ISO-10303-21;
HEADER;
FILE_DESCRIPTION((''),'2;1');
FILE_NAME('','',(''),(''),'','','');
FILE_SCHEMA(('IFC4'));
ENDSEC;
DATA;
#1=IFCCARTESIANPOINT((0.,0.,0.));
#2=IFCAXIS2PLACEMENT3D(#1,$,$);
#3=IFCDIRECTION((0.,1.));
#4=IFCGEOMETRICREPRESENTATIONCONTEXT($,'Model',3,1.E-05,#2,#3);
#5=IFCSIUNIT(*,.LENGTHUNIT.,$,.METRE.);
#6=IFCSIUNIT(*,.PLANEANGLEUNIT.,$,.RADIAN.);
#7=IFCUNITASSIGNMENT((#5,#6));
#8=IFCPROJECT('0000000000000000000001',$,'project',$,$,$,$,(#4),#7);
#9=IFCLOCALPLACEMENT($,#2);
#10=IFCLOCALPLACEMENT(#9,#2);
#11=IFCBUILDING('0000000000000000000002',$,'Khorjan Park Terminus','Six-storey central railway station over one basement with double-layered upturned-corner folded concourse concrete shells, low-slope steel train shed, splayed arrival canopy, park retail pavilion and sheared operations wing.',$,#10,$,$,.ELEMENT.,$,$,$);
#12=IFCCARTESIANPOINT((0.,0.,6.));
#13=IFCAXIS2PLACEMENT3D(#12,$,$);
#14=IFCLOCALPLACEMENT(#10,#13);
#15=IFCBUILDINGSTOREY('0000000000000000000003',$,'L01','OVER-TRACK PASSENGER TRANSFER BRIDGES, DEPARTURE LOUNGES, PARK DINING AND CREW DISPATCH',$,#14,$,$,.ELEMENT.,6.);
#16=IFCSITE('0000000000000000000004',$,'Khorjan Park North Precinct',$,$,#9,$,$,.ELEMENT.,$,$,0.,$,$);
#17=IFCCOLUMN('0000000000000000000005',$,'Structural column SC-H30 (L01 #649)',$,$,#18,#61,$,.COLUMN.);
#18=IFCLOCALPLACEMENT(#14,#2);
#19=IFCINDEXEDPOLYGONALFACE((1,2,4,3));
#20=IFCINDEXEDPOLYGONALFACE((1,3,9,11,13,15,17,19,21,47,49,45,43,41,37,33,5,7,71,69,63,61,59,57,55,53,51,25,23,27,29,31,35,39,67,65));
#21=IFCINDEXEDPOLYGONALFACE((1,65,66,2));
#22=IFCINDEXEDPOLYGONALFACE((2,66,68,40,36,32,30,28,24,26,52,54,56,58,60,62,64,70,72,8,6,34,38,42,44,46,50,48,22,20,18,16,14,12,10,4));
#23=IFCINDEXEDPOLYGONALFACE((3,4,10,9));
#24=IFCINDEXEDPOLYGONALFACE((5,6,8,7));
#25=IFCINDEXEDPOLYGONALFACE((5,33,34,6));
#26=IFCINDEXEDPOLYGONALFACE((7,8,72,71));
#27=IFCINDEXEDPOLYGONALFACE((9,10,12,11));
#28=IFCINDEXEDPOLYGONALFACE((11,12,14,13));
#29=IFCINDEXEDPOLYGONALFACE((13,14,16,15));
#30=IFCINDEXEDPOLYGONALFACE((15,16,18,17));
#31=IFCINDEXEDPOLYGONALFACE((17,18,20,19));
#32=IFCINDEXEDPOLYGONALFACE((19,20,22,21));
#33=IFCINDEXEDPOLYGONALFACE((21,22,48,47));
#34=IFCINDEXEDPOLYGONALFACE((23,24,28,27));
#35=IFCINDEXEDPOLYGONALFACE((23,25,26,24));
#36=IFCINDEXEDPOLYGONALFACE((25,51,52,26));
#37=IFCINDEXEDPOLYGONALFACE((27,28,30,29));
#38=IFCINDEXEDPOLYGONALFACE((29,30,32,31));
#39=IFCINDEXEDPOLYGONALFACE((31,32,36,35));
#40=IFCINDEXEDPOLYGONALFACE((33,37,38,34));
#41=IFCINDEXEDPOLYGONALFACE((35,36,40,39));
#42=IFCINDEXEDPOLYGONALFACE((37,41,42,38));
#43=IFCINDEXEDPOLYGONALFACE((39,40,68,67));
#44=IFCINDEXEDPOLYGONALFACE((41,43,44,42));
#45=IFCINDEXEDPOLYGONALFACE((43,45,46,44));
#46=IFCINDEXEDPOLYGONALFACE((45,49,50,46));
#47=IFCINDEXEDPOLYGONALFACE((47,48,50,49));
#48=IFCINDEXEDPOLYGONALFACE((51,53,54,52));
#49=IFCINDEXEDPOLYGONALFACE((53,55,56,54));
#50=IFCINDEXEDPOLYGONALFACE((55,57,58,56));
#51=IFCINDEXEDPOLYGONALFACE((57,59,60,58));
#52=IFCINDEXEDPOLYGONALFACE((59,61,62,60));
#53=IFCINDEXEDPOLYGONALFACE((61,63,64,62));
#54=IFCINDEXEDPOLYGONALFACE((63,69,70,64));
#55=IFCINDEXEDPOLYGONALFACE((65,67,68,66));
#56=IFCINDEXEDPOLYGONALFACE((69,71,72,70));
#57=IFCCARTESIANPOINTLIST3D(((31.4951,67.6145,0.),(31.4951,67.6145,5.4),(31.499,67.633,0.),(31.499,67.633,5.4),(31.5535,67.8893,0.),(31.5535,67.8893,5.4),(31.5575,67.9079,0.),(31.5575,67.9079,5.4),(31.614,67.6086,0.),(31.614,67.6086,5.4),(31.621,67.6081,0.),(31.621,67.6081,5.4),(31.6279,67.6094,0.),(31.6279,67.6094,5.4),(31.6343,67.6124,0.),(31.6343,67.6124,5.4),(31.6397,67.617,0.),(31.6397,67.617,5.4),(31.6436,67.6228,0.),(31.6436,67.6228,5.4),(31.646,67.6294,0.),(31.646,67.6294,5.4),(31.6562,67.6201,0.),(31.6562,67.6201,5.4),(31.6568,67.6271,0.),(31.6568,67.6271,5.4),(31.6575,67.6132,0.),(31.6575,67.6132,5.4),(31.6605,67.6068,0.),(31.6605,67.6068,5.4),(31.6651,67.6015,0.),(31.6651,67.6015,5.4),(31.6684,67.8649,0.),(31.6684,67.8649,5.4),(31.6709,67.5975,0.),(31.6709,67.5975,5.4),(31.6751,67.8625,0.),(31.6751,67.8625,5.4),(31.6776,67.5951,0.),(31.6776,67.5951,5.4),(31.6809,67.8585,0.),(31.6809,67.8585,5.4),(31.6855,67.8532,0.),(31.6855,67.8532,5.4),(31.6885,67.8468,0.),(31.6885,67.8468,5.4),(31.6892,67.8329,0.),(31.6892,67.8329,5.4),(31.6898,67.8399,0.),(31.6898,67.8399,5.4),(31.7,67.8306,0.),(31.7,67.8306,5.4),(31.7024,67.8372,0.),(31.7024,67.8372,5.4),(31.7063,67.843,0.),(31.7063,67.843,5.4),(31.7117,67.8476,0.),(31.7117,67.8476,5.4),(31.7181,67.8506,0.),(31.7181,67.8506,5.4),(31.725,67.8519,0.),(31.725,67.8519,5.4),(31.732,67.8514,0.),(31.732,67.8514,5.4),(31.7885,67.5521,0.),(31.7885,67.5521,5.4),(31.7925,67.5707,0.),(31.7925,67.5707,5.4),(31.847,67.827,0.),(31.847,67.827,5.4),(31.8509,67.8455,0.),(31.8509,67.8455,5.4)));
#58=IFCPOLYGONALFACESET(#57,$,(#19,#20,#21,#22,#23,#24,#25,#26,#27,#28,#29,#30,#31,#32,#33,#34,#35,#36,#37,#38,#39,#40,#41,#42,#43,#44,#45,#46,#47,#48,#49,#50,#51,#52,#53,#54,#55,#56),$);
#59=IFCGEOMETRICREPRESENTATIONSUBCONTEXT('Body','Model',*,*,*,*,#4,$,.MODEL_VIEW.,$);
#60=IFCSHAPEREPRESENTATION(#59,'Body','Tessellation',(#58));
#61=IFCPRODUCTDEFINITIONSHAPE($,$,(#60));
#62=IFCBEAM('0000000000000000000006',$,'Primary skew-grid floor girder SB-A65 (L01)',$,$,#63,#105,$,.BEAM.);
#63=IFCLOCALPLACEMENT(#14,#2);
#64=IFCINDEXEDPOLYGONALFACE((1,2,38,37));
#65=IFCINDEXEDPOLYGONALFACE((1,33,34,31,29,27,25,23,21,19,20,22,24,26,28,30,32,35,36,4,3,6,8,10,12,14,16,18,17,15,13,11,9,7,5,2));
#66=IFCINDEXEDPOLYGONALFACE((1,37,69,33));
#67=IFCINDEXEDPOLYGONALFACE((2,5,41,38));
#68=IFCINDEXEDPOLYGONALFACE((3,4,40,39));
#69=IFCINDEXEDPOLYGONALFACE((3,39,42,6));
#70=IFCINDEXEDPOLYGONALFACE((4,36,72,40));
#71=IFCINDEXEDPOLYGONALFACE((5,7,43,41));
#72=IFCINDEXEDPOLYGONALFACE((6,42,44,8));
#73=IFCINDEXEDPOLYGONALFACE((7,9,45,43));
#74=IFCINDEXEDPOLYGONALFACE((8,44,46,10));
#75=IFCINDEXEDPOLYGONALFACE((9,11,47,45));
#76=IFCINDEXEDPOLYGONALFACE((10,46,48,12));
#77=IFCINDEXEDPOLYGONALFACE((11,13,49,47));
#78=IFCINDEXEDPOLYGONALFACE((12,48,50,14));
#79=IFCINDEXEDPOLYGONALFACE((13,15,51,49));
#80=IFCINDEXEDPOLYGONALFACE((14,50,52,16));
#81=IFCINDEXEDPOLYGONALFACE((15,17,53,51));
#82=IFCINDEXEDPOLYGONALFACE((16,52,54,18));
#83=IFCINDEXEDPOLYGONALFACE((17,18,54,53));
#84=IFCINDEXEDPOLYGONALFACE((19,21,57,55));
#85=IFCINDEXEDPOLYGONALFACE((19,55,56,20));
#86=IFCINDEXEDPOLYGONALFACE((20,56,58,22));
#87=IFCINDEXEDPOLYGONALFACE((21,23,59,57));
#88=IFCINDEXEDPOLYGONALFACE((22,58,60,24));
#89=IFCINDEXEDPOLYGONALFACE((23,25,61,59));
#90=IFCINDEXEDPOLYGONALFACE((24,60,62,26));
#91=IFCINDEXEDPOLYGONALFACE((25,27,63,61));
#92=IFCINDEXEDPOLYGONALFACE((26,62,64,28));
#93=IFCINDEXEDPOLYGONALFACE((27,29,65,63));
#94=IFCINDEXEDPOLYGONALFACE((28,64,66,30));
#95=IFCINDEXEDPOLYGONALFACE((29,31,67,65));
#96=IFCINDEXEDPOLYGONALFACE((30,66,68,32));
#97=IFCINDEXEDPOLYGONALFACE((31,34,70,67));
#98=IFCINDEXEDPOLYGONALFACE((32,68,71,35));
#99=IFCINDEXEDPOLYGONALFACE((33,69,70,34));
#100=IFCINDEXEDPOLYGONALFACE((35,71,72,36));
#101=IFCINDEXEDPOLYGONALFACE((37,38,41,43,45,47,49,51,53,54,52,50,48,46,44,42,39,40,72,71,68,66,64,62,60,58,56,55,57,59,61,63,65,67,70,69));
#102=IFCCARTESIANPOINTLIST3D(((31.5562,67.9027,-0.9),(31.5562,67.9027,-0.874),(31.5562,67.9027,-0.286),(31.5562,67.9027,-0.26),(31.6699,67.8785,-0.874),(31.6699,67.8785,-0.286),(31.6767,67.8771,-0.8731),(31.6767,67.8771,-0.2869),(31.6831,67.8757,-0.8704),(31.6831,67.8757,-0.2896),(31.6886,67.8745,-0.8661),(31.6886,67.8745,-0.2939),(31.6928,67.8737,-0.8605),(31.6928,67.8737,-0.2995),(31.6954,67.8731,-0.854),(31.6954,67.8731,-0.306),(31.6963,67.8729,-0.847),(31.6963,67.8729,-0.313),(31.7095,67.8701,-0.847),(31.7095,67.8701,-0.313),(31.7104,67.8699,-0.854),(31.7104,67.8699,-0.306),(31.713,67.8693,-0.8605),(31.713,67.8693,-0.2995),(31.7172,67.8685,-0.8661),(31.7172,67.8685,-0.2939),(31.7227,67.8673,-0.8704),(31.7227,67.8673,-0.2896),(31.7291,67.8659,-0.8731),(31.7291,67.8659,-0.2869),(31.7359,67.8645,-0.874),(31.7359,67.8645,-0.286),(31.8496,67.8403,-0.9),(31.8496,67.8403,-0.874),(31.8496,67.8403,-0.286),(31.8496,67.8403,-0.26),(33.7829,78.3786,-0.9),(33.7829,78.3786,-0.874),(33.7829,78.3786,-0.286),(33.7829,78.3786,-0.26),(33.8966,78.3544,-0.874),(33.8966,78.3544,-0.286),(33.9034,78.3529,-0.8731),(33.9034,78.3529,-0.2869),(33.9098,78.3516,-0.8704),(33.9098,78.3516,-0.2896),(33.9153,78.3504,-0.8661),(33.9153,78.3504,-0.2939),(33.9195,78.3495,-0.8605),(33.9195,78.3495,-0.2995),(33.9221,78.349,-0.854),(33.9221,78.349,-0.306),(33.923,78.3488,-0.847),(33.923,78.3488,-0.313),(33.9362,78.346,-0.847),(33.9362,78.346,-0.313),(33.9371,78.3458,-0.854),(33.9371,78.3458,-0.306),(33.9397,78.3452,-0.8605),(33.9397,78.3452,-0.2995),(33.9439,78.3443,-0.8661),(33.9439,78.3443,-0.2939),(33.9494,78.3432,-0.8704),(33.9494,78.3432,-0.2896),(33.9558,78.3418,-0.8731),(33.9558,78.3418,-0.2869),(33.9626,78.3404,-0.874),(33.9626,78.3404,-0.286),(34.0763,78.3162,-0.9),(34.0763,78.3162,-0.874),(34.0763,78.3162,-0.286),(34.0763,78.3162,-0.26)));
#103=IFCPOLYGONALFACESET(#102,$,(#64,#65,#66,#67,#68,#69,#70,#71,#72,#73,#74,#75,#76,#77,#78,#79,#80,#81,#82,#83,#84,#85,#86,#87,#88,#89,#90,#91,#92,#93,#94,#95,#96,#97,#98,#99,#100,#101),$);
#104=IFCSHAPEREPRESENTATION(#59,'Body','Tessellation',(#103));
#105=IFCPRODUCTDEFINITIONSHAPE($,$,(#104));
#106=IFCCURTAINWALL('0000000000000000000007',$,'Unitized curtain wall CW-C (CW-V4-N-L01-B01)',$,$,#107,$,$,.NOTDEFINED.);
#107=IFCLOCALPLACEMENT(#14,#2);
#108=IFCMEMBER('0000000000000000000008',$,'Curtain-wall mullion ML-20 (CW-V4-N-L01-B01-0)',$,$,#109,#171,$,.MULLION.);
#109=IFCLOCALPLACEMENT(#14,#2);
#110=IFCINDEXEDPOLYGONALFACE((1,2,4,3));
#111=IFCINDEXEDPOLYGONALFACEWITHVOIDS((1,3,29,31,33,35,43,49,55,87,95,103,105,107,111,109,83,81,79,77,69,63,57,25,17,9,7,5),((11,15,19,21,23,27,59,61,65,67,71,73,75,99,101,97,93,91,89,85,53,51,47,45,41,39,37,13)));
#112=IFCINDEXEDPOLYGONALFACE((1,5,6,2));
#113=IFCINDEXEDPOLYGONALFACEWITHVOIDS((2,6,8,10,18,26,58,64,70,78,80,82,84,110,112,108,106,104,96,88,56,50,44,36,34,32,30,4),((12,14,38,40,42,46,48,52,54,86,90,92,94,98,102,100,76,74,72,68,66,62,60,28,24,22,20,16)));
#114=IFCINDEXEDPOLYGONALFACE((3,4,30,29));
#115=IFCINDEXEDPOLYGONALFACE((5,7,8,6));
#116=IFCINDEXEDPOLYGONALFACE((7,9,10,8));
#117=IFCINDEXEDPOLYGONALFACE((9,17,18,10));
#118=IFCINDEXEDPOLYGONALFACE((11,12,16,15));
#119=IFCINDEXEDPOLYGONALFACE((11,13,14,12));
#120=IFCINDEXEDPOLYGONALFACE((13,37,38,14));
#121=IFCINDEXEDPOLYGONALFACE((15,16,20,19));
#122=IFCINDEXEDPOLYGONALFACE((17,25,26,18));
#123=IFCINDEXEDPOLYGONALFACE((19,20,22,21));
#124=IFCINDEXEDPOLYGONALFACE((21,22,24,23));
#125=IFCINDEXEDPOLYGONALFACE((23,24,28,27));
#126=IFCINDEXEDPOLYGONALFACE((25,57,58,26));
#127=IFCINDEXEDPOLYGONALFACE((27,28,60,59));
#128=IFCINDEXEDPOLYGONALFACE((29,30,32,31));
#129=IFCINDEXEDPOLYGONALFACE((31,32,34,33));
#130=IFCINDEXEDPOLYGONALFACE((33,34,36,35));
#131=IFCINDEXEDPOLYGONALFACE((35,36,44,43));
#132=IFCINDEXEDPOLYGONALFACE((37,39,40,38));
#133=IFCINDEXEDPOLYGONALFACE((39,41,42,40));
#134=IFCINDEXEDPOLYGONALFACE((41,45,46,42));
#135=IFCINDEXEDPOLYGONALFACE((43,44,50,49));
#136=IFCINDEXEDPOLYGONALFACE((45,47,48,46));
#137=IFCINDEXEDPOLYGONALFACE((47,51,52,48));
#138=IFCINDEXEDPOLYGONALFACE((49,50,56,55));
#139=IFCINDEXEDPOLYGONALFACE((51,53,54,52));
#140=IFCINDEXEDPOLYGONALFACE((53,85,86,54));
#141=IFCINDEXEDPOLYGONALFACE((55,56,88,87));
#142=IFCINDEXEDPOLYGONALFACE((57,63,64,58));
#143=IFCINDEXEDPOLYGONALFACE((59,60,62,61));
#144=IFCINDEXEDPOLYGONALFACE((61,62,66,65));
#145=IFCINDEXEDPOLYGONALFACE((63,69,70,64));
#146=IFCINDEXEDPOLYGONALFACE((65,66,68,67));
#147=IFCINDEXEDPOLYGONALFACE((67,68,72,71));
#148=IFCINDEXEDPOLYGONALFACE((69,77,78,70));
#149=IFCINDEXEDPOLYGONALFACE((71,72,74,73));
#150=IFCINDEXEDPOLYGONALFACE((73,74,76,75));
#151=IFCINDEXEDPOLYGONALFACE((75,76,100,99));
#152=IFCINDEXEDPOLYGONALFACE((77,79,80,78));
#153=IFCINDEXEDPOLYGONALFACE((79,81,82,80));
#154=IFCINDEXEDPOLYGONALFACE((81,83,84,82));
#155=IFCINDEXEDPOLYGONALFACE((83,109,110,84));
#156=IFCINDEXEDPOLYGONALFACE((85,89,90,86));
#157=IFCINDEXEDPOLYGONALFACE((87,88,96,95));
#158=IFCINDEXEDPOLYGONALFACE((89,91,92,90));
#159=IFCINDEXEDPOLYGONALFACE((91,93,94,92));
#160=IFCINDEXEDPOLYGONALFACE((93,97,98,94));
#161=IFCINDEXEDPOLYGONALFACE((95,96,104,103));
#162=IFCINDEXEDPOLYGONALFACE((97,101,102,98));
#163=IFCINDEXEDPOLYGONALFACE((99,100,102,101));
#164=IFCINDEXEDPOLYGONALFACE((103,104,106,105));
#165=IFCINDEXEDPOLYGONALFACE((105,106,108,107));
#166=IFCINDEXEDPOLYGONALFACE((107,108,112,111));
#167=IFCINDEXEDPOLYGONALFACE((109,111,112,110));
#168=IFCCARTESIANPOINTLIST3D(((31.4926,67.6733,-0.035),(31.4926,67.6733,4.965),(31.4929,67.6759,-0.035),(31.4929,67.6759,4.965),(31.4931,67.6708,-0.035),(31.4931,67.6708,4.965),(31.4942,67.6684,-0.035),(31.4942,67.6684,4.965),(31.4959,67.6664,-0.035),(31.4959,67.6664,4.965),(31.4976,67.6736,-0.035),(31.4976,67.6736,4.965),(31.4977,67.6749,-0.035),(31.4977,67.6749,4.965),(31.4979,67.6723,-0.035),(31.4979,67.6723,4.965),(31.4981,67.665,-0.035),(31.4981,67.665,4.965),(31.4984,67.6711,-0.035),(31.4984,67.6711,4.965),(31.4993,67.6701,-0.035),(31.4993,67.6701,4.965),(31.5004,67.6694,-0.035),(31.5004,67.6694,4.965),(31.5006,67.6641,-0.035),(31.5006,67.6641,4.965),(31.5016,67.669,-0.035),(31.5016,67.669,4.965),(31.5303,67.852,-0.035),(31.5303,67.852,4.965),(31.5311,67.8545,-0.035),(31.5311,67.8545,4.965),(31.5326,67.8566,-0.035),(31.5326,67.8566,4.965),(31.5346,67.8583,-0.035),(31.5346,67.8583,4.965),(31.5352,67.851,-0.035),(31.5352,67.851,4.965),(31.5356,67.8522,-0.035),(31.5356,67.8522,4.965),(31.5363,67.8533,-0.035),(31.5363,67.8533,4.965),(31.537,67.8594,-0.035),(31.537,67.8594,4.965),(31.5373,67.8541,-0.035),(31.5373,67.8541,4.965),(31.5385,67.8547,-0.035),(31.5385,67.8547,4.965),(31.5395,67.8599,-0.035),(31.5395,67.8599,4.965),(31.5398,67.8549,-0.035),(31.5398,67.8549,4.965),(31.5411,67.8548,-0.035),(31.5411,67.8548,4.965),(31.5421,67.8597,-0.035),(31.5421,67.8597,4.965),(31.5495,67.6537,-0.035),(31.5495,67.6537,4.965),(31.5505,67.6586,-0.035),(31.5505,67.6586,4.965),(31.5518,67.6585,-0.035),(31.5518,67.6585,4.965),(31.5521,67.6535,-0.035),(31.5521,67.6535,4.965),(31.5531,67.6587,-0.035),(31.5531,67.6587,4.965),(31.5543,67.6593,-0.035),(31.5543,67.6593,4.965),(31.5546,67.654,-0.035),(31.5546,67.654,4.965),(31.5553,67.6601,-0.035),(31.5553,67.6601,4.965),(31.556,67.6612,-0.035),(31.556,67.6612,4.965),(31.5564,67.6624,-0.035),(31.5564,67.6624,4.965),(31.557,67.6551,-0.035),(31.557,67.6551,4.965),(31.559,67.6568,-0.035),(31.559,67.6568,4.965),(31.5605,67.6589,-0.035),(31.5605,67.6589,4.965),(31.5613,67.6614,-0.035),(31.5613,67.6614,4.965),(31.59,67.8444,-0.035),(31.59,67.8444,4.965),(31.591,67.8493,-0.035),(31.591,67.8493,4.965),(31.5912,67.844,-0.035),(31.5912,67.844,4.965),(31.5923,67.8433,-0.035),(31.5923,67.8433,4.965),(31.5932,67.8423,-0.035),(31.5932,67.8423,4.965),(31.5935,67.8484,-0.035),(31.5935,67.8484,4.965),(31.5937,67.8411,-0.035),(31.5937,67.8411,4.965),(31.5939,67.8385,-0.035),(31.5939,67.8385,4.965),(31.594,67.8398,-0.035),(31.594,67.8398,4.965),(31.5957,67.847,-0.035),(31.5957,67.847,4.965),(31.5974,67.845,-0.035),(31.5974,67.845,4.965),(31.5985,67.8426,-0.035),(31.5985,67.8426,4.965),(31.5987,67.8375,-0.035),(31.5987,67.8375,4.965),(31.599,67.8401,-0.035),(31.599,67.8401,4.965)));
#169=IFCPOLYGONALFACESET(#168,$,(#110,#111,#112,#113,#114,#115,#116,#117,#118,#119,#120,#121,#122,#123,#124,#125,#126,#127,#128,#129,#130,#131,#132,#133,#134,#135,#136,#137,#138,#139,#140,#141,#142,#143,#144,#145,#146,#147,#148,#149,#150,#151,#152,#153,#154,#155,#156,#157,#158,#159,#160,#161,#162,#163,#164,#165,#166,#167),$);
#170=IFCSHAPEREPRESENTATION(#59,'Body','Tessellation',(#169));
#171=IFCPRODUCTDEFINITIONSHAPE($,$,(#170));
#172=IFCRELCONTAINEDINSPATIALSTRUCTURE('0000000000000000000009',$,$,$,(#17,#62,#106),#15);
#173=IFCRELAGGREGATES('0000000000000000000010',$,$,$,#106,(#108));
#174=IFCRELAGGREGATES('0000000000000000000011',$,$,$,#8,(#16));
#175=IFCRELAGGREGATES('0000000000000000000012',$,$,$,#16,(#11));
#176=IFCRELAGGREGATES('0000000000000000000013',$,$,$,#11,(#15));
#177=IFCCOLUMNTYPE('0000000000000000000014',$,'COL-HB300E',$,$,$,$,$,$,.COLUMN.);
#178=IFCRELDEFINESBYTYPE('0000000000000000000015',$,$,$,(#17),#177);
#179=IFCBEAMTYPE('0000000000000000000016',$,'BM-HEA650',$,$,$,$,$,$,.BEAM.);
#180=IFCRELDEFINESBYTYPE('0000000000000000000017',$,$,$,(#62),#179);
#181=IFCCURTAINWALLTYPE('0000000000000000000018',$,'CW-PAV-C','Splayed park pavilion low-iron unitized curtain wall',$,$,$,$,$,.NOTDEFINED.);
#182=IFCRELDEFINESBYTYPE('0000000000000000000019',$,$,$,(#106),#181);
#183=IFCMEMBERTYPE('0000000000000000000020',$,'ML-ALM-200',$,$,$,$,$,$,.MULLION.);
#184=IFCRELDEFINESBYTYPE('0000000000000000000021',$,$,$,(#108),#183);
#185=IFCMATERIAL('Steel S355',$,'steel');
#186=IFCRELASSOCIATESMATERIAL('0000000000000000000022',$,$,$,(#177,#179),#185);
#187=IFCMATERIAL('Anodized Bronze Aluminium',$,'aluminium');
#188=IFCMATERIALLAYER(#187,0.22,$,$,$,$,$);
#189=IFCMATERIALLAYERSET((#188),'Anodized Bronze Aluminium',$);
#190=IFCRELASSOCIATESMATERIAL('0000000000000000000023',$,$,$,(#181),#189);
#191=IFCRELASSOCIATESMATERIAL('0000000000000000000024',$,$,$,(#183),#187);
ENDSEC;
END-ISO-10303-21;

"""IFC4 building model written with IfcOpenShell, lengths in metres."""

from ifc_helpers import new_model, si_unit, direction, frame, origin, origin_2d, place, context, subcontext, project, spatial, hollow_rectangle, i_section, extrude, material, layer, layer_set, material_profile, profile_set, type_object, element, aggregate, save


model = new_model("IFC4")

# Units and contexts
model_context = context("Model", 3, precision=1e-05, world=origin(), true_north=direction((0.0, 1.0)))
body_context = subcontext(model_context, "Body", "Model", "MODEL_VIEW")
ifc_project = project(units=[si_unit("LENGTHUNIT", "METRE"), si_unit("PLANEANGLEUNIT", "RADIAN")], contexts=[model_context])

# Site, building, storey
site_placement = place(None, origin())
site = spatial("IfcSite", under=ifc_project, at=site_placement, Name="Khorjan Park North Precinct", CompositionType="ELEMENT", RefElevation=0.0)
building_placement = place(site_placement, origin())
building = spatial("IfcBuilding", under=site, at=building_placement, Name="Khorjan Park Terminus", Description="Six-storey central railway station over one basement with double-layered upturned-corner folded concourse concrete shells, low-slope steel train shed, splayed arrival canopy, park retail pavilion and sheared operations wing.", CompositionType="ELEMENT")
storey_placement = place(building_placement, frame((0.0, 0.0, 6.0)))
storey = spatial("IfcBuildingStorey", under=building, at=storey_placement, Name="L01", Description="OVER-TRACK PASSENGER TRANSFER BRIDGES, DEPARTURE LOUNGES, PARK DINING AND CREW DISPATCH", CompositionType="ELEMENT", Elevation=6.0)

# Column
ifc_material_1 = material(Name="Steel S355", Category="steel")
ifc_material_profile_1 = material_profile(ifc_material_1, i_section(OverallWidth=0.3, OverallDepth=0.3, WebThickness=0.011, FlangeThickness=0.019, FilletRadius=0.027, at=origin_2d()), Name="HEB 300")
ifc_profile_set_1 = profile_set([ifc_material_profile_1], Name="Steel S355")
column_type = type_object("IfcColumnType", Name="COL-HB300E", PredefinedType="COLUMN", material=ifc_profile_set_1)
column_placement = place(storey_placement, frame((31.673, 67.73, 0.0), z_axis=(0.0, 0.0, 1.0), x_axis=(0.978148, -0.207912, 0.0)))
element("IfcColumn", 1, at=column_placement, inside=storey, type_object=column_type, Name="Structural column SC-H30 (L01 #649)", PredefinedType="COLUMN", context=body_context, shape_type="SweptSolid", body=[
    extrude(i_section(OverallWidth=0.3, OverallDepth=0.3, WebThickness=0.011, FlangeThickness=0.019, FilletRadius=0.027, at=origin_2d()), origin(), (0.0, 0.0, 1.0), 5.4),
])

# Beam
ifc_material_profile_2 = material_profile(ifc_material_1, i_section(OverallWidth=0.3, OverallDepth=0.64, WebThickness=0.0135, FlangeThickness=0.026, FilletRadius=0.027, at=origin_2d()), Name="HEA 650")
ifc_profile_set_2 = profile_set([ifc_material_profile_2], Name="Steel S355")
beam_type = type_object("IfcBeamType", Name="BM-HEA650", PredefinedType="BEAM", material=ifc_profile_set_2)
beam_placement = place(storey_placement, frame((31.7029, 67.8715, -0.58), z_axis=(0.20791, 0.978148, 0.0), x_axis=(-0.978148, 0.20791, 0.0)))
element("IfcBeam", 2, at=beam_placement, inside=storey, type_object=beam_type, Name="Primary skew-grid floor girder SB-A65 (L01)", PredefinedType="BEAM", context=body_context, shape_type="SweptSolid", body=[
    extrude(i_section(OverallWidth=0.3, OverallDepth=0.64, WebThickness=0.0135, FlangeThickness=0.026, FilletRadius=0.027, at=origin_2d()), origin(), (0.0, 0.0, 1.0), 10.7099),
])

# Curtain wall, member
ifc_material_2 = material(Name="Anodized Bronze Aluminium", Category="aluminium")
ifc_layer_1 = layer(ifc_material_2, 0.22)
ifc_layer_set_1 = layer_set([ifc_layer_1], Name="Anodized Bronze Aluminium")
curtain_wall_type = type_object("IfcCurtainWallType", Name="CW-PAV-C", Description="Splayed park pavilion low-iron unitized curtain wall", PredefinedType="NOTDEFINED", material=ifc_layer_set_1)
curtain_wall_1_placement = place(storey_placement, origin())
curtain_wall_1 = element("IfcCurtainWall", 3, at=curtain_wall_1_placement, inside=storey, type_object=curtain_wall_type, Name="Unitized curtain wall CW-C (CW-V4-N-L01-B01)", PredefinedType="NOTDEFINED")
ifc_material_profile_3 = material_profile(ifc_material_2, hollow_rectangle(XDim=0.07, YDim=0.2, WallThickness=0.005, InnerFilletRadius=0.005, OuterFilletRadius=0.01, at=origin_2d()), Name="ALM 70x200x5")
ifc_profile_set_3 = profile_set([ifc_material_profile_3], Name="Anodized Bronze Aluminium")
member_type_1 = type_object("IfcMemberType", Name="ML-ALM-200", PredefinedType="MULLION", material=ifc_profile_set_3)
member_1_placement = place(storey_placement, frame((31.5458, 67.7567, -0.035), z_axis=(0.0, 0.0, 1.0), x_axis=(-0.97815, 0.207901, 0.0)))
member_1 = element("IfcMember", 4, at=member_1_placement, type_object=member_type_1, Name="Curtain-wall mullion ML-20 (CW-V4-N-L01-B01-0)", PredefinedType="MULLION", context=body_context, shape_type="SweptSolid", body=[
    extrude(hollow_rectangle(XDim=0.07, YDim=0.2, WallThickness=0.005, InnerFilletRadius=0.005, OuterFilletRadius=0.01, at=origin_2d()), origin(), (0.0, 0.0, 1.0), 5.0),
])

aggregate(curtain_wall_1, [member_1])

save(model, "model.ifc")
